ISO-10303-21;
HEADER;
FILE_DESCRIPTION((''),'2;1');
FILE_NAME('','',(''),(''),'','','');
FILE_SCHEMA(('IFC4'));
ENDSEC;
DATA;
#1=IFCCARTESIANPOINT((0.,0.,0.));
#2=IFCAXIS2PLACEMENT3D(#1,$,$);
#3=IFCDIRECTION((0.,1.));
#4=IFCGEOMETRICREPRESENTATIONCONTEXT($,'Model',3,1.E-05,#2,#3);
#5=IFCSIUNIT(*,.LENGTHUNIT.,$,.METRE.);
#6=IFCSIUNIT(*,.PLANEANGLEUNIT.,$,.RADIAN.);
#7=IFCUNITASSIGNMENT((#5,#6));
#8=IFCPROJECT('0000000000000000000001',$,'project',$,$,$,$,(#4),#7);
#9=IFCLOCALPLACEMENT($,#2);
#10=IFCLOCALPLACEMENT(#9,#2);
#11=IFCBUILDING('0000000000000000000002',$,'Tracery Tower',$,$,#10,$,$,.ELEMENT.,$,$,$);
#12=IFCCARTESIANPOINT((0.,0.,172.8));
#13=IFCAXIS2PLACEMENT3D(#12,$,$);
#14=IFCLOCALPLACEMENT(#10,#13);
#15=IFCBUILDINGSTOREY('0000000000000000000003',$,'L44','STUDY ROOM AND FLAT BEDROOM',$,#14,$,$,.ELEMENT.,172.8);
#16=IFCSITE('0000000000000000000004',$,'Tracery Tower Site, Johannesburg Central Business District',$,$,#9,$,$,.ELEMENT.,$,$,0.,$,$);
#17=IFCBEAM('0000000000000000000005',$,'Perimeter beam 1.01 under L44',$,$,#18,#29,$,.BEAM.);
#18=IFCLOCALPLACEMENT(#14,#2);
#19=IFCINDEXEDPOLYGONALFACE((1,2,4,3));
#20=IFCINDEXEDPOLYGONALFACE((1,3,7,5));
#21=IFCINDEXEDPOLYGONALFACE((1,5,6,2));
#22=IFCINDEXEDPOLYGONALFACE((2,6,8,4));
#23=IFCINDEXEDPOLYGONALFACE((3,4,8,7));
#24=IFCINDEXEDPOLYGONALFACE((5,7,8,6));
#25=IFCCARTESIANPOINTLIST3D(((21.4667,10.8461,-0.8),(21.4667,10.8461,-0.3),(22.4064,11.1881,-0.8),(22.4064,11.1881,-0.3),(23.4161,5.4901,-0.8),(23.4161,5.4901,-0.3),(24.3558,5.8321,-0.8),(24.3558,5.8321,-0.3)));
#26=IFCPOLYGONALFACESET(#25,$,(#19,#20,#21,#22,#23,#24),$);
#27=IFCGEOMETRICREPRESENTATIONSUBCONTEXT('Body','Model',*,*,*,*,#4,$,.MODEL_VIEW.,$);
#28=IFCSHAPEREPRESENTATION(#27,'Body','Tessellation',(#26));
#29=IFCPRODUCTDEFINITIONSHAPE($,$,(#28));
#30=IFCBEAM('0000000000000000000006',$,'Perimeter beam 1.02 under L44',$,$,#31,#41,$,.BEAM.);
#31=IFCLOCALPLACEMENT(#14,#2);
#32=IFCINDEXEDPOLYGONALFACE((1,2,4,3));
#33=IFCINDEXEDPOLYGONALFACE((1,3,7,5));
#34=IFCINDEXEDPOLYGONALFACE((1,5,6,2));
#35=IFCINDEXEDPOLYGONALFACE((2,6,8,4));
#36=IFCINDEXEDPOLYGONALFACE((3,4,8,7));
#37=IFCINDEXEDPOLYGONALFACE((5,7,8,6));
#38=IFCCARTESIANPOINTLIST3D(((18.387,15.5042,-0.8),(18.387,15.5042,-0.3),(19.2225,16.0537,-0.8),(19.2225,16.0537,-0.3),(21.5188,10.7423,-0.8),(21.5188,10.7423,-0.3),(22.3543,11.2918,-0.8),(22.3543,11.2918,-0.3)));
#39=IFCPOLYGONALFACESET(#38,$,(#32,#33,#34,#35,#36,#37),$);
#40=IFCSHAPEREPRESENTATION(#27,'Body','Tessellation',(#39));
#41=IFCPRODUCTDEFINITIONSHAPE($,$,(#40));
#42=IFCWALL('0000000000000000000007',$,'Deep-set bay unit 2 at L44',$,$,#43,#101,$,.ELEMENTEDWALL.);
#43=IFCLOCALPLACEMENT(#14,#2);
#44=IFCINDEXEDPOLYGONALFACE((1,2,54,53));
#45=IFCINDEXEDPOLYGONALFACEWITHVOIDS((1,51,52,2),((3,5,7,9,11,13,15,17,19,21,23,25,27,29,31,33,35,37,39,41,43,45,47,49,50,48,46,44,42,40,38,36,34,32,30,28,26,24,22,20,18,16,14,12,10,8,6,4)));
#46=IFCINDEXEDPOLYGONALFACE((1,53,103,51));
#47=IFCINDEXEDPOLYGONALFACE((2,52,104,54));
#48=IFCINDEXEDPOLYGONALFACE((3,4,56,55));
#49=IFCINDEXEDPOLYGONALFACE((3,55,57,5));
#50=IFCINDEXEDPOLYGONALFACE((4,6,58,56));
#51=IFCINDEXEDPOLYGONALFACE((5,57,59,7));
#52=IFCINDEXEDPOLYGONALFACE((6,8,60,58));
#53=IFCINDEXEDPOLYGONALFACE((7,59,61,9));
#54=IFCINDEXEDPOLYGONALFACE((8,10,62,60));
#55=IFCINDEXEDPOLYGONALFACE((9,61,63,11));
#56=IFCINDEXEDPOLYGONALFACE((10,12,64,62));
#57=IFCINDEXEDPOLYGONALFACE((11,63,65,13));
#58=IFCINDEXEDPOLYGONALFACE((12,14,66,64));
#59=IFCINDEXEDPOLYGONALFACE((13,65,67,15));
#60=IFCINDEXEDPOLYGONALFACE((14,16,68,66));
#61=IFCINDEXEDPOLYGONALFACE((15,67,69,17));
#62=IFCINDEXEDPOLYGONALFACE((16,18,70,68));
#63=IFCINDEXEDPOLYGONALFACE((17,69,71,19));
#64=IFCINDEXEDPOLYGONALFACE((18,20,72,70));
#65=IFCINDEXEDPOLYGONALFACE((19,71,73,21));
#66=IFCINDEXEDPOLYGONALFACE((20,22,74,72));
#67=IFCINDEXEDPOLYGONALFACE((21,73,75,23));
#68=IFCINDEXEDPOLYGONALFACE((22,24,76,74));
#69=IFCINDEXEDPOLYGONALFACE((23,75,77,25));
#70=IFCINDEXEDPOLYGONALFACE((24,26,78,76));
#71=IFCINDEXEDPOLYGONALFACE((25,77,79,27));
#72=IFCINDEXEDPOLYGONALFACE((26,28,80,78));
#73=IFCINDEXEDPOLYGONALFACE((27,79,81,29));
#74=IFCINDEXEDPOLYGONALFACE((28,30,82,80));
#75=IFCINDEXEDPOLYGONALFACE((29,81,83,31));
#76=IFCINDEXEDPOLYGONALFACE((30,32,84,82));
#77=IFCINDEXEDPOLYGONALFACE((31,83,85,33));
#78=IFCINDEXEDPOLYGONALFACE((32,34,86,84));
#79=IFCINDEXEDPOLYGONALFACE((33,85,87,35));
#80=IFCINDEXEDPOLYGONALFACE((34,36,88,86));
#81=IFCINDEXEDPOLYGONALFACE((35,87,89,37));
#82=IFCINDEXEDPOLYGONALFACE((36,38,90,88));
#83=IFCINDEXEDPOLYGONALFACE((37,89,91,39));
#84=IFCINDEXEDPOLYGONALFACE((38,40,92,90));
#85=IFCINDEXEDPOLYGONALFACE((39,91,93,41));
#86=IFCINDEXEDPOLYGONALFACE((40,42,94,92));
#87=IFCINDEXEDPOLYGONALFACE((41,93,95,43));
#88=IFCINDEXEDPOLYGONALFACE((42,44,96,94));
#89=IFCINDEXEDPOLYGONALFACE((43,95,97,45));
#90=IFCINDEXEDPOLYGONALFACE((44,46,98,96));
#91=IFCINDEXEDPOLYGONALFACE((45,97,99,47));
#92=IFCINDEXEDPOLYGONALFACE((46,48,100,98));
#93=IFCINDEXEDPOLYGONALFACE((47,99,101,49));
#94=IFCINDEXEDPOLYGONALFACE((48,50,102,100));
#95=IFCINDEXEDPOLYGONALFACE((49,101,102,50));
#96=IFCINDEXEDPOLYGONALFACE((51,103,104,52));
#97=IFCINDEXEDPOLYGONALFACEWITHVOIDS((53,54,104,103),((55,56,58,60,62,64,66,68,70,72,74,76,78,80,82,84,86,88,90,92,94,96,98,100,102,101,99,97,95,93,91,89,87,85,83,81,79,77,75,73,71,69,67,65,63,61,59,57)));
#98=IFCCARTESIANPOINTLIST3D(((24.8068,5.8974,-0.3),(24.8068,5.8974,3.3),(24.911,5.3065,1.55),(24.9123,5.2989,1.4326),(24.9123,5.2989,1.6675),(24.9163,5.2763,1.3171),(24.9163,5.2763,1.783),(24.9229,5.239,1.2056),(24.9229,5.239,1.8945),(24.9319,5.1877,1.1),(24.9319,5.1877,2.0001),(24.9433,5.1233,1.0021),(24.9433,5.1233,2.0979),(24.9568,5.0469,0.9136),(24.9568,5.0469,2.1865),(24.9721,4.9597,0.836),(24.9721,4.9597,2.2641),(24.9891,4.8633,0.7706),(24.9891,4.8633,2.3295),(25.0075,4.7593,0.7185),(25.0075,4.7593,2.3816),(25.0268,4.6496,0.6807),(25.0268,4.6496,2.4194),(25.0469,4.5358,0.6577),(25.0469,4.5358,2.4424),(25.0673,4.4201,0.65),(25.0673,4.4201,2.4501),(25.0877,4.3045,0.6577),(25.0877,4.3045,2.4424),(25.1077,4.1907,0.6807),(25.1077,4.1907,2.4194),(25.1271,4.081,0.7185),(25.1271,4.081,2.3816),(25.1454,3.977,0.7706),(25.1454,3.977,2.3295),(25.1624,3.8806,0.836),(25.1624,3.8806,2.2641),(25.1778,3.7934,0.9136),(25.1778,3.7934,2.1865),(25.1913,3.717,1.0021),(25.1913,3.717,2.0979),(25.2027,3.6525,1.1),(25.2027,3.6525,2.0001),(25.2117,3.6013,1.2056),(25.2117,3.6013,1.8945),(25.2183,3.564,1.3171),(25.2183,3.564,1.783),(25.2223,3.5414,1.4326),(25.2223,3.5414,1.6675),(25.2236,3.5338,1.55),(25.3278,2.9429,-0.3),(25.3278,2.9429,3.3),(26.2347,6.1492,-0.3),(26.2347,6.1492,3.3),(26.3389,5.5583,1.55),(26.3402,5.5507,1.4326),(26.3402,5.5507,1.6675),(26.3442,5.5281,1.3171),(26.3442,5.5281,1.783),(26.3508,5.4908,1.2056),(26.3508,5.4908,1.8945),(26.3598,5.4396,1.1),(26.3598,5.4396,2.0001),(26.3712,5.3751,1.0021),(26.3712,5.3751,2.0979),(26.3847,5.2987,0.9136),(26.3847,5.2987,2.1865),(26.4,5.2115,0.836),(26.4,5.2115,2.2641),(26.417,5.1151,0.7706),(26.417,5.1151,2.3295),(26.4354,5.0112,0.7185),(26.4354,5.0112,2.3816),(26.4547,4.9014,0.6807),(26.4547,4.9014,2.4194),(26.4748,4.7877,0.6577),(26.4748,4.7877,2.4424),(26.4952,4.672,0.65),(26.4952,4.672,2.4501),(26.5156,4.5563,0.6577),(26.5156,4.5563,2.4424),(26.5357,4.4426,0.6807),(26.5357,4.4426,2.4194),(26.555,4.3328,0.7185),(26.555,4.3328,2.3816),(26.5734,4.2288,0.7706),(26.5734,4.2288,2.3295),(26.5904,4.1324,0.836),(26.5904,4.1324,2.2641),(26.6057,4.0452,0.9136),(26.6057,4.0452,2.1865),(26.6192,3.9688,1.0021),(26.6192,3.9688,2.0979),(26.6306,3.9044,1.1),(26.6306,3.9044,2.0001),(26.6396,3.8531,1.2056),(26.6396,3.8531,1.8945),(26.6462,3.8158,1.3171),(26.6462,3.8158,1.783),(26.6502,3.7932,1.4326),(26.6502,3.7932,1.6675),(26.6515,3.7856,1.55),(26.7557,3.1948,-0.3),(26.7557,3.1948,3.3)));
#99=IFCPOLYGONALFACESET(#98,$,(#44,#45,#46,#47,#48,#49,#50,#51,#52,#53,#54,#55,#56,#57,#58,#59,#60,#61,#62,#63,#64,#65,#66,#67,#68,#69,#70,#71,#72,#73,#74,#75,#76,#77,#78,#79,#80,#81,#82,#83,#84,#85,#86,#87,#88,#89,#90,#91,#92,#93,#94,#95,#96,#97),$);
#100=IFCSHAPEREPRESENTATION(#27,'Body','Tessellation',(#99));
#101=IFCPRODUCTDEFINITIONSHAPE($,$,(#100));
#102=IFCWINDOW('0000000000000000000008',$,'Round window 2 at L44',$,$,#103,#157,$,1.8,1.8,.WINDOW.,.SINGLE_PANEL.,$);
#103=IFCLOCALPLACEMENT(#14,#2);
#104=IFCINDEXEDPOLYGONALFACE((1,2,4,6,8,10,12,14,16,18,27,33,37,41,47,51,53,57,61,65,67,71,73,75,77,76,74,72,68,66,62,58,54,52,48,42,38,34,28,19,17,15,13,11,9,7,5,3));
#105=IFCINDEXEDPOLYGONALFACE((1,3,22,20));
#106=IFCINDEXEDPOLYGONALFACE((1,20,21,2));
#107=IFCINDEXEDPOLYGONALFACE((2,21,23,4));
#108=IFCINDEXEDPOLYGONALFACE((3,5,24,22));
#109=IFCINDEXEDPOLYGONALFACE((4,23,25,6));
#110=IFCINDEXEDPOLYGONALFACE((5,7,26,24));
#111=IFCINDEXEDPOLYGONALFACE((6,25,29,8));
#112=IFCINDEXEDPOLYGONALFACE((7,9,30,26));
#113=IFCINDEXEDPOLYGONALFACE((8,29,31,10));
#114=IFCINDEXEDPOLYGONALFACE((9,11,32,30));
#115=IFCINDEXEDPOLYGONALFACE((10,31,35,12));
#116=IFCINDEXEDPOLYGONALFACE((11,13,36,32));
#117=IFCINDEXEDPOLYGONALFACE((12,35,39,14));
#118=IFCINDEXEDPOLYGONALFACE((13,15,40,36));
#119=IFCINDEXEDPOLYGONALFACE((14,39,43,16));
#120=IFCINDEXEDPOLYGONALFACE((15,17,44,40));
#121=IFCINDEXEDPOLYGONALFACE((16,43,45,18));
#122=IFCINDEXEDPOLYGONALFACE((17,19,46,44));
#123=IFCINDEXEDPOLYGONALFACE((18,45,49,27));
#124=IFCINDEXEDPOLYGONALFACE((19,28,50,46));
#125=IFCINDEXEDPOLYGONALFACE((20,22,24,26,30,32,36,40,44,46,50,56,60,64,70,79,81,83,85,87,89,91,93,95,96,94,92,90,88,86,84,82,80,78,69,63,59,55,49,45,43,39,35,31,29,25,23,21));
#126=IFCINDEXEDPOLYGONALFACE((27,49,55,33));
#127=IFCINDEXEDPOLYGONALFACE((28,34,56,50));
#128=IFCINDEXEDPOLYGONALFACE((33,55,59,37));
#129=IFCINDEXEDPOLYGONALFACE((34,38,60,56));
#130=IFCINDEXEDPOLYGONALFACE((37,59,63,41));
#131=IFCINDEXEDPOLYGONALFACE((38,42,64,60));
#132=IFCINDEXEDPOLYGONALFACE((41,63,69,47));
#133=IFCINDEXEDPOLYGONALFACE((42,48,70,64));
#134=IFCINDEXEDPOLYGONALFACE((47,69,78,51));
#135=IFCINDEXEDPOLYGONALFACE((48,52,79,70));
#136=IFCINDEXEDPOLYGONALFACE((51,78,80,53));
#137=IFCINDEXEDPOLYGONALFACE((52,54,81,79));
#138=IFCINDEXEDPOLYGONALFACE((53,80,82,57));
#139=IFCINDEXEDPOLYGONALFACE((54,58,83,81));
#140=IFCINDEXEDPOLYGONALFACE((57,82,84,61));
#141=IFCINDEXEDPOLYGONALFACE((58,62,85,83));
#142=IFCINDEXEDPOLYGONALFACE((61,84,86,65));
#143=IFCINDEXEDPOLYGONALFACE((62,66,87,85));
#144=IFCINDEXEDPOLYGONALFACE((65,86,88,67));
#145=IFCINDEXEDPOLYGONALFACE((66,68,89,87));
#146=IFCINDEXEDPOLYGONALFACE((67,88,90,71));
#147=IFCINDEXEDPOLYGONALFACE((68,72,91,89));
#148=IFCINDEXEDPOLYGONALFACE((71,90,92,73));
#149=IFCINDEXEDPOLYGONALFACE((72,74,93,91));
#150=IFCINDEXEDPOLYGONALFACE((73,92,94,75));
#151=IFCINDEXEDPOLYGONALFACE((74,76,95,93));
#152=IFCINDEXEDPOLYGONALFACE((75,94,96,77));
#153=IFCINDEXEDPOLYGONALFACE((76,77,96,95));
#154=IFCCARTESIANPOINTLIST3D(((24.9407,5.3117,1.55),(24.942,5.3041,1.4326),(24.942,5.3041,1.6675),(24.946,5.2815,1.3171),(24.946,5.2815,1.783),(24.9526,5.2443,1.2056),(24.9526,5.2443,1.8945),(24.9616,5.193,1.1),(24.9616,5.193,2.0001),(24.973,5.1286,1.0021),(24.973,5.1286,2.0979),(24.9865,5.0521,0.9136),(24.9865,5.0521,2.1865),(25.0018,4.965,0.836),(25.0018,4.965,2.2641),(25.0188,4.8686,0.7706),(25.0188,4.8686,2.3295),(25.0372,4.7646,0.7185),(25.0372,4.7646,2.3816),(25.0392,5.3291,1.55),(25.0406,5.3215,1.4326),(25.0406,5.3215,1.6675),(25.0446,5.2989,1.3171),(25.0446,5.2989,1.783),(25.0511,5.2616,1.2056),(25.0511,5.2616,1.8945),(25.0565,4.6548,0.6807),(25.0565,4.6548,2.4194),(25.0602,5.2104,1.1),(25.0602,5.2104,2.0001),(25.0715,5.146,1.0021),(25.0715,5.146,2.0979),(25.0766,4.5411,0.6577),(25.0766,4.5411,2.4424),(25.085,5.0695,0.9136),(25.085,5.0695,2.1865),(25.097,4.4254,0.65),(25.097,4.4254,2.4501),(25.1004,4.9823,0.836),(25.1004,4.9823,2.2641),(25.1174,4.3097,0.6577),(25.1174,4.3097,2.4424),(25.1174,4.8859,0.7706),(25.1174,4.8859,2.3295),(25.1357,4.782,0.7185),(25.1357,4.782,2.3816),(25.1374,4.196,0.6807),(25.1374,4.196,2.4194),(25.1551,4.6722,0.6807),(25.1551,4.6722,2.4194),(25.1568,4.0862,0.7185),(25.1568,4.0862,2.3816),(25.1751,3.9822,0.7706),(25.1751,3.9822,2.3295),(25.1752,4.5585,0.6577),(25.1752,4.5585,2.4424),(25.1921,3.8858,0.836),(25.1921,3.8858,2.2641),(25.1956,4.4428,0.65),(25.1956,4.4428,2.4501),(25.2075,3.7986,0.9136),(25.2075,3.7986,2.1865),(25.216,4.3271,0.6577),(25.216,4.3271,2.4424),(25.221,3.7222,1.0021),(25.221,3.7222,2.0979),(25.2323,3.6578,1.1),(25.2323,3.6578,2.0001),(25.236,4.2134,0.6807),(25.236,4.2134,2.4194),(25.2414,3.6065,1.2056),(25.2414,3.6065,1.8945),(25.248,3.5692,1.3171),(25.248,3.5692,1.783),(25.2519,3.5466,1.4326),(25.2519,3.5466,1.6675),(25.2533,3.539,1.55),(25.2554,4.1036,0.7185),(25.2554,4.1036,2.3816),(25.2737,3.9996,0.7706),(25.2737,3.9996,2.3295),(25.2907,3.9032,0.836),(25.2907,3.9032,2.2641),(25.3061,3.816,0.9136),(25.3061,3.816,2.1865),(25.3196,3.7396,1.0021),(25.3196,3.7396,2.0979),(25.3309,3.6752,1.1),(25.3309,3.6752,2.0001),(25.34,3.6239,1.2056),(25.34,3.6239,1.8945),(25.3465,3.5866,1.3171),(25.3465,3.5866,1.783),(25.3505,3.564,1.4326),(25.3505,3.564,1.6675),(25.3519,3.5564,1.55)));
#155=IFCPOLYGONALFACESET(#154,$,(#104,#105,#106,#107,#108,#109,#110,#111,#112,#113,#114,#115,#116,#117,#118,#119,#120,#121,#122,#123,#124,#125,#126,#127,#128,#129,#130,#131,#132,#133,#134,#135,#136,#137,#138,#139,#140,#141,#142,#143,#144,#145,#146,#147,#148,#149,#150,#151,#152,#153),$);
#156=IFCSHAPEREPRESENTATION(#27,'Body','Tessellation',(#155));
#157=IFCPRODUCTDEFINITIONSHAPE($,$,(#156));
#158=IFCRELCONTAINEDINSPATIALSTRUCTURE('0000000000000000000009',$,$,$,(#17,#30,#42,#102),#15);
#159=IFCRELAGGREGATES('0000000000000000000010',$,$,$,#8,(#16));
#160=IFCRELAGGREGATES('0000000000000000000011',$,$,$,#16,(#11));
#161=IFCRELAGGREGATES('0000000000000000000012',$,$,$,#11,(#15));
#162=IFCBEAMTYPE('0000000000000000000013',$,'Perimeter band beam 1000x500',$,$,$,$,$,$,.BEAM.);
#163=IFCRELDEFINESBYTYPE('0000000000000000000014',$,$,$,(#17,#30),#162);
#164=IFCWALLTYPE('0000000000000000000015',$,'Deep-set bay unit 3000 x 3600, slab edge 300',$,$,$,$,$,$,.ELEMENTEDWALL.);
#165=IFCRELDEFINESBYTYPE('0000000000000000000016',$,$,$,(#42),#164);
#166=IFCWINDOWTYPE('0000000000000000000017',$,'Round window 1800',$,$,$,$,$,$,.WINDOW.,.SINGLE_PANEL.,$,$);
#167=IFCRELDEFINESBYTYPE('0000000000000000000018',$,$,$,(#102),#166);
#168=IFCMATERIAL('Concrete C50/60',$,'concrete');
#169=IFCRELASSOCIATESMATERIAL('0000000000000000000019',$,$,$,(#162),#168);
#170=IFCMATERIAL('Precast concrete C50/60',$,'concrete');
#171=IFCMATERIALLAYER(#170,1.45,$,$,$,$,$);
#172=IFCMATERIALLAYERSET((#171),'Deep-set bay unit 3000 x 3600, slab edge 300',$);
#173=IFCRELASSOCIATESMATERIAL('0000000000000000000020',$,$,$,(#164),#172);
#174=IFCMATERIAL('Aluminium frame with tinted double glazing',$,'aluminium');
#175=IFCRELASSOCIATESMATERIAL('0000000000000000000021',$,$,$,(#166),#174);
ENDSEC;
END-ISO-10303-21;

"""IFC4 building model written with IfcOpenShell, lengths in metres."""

from ifc_helpers import new_model, si_unit, direction, frame, frame_2d, origin, origin_2d, place, context, subcontext, project, spatial, rectangle, circle, extrude, material, layer, layer_set, material_profile, profile_set, type_object, element, fill, save


model = new_model("IFC4")

# Units and contexts
model_context = context("Model", 3, precision=1e-05, world=origin(), true_north=direction((0.0, 1.0)))
body_context = subcontext(model_context, "Body", "Model", "MODEL_VIEW")
ifc_project = project(units=[si_unit("LENGTHUNIT", "METRE"), si_unit("PLANEANGLEUNIT", "RADIAN")], contexts=[model_context])

# Site, building, storey
site_placement = place(None, origin())
site = spatial("IfcSite", under=ifc_project, at=site_placement, Name="Tracery Tower Site, Johannesburg Central Business District", CompositionType="ELEMENT", RefElevation=0.0)
building_placement = place(site_placement, origin())
building = spatial("IfcBuilding", under=site, at=building_placement, Name="Tracery Tower", CompositionType="ELEMENT")
storey_placement = place(building_placement, frame((0.0, 0.0, 172.8)))
storey = spatial("IfcBuildingStorey", under=building, at=storey_placement, Name="L44", Description="STUDY ROOM AND FLAT BEDROOM", CompositionType="ELEMENT", Elevation=172.8)

# Beams
ifc_material_1 = material(Name="Concrete C50/60", Category="concrete")
ifc_material_profile_1 = material_profile(ifc_material_1, rectangle(XDim=1.0, YDim=0.5, at=origin_2d()), Name="RC 1000x500")
ifc_profile_set_1 = profile_set([ifc_material_profile_1], Name="Concrete C50/60")
beam_type = type_object("IfcBeamType", Name="Perimeter band beam 1000x500", PredefinedType="BEAM", material=ifc_profile_set_1)
beam_1_placement = place(storey_placement, frame((23.886, 5.6611, -0.55), z_axis=(-0.342029, 0.93969, 0.0), x_axis=(-0.93969, -0.342029, 0.0)))
element("IfcBeam", 1, at=beam_1_placement, inside=storey, type_object=beam_type, Name="Perimeter beam 1.01 under L44", PredefinedType="BEAM", context=body_context, shape_type="SweptSolid", body=[
    extrude(rectangle(XDim=1.0, YDim=0.5, at=origin_2d()), origin(), (0.0, 0.0, 1.0), 5.6997),
])
beam_2_placement = place(storey_placement, frame((21.9365, 11.0171, -0.55), z_axis=(-0.54949, 0.8355, 0.0), x_axis=(-0.8355, -0.54949, 0.0)))
element("IfcBeam", 2, at=beam_2_placement, inside=storey, type_object=beam_type, Name="Perimeter beam 1.02 under L44", PredefinedType="BEAM", context=body_context, shape_type="SweptSolid", body=[
    extrude(rectangle(XDim=1.0, YDim=0.5, at=origin_2d()), origin(), (0.0, 0.0, 1.0), 5.6995),
])

# Wall, opening, window
ifc_material_2 = material(Name="Precast concrete C50/60", Category="concrete")
ifc_layer_1 = layer(ifc_material_2, 1.45)
ifc_layer_set_1 = layer_set([ifc_layer_1], Name="Deep-set bay unit 3000 x 3600, slab edge 300")
wall_type_1 = type_object("IfcWallType", Name="Deep-set bay unit 3000 x 3600, slab edge 300", PredefinedType="ELEMENTEDWALL", material=ifc_layer_set_1)
wall_1_placement = place(storey_placement, frame((26.0417, 3.0688, -0.3), z_axis=(0.0, 0.0, 1.0), x_axis=(-0.173669, 0.984804, 0.0)))
wall_1 = element("IfcWall", 3, at=wall_1_placement, inside=storey, type_object=wall_type_1, Name="Deep-set bay unit 2 at L44", PredefinedType="ELEMENTEDWALL", context=body_context, shape_type="SweptSolid", body=[
    extrude(rectangle(XDim=3.0, YDim=1.45, at=frame_2d((1.5, 0.0))), origin(), (0.0, 0.0, 1.0), 3.6001),
])
opening_1_placement = place(wall_1_placement, frame((1.5, 0.0, 1.8501)))
opening_1 = element("IfcOpeningElement", 4, at=opening_1_placement, cuts=wall_1, PredefinedType="OPENING", context=body_context, shape_type="SweptSolid", body=[
    extrude(circle(Radius=0.9, at=origin_2d()), frame((0.0, 0.7349, 0.0), z_axis=(0.0, -1.0, 0.0), x_axis=(1.0, 0.0, 0.0)), (0.0, 0.0, 1.0), 1.47),
])
ifc_material_3 = material(Name="Aluminium frame with tinted double glazing", Category="aluminium")
window_type = type_object("IfcWindowType", Name="Round window 1800", PartitioningType="SINGLE_PANEL", PredefinedType="WINDOW", material=ifc_material_3)
window_1_placement = place(opening_1_placement, origin())
window_1 = element("IfcWindow", 5, at=window_1_placement, inside=storey, type_object=window_type, Name="Round window 2 at L44", OverallHeight=1.8, OverallWidth=1.8, PartitioningType="SINGLE_PANEL", PredefinedType="WINDOW", context=body_context, shape_type="SweptSolid", body=[
    extrude(circle(Radius=0.9, at=origin_2d()), frame((0.0, 0.6948, 0.0), z_axis=(0.0, -1.0, 0.0), x_axis=(1.0, 0.0, 0.0)), (0.0, 0.0, 1.0), 0.1001),
])
fill(opening_1, window_1)

save(model, "model.ifc")
